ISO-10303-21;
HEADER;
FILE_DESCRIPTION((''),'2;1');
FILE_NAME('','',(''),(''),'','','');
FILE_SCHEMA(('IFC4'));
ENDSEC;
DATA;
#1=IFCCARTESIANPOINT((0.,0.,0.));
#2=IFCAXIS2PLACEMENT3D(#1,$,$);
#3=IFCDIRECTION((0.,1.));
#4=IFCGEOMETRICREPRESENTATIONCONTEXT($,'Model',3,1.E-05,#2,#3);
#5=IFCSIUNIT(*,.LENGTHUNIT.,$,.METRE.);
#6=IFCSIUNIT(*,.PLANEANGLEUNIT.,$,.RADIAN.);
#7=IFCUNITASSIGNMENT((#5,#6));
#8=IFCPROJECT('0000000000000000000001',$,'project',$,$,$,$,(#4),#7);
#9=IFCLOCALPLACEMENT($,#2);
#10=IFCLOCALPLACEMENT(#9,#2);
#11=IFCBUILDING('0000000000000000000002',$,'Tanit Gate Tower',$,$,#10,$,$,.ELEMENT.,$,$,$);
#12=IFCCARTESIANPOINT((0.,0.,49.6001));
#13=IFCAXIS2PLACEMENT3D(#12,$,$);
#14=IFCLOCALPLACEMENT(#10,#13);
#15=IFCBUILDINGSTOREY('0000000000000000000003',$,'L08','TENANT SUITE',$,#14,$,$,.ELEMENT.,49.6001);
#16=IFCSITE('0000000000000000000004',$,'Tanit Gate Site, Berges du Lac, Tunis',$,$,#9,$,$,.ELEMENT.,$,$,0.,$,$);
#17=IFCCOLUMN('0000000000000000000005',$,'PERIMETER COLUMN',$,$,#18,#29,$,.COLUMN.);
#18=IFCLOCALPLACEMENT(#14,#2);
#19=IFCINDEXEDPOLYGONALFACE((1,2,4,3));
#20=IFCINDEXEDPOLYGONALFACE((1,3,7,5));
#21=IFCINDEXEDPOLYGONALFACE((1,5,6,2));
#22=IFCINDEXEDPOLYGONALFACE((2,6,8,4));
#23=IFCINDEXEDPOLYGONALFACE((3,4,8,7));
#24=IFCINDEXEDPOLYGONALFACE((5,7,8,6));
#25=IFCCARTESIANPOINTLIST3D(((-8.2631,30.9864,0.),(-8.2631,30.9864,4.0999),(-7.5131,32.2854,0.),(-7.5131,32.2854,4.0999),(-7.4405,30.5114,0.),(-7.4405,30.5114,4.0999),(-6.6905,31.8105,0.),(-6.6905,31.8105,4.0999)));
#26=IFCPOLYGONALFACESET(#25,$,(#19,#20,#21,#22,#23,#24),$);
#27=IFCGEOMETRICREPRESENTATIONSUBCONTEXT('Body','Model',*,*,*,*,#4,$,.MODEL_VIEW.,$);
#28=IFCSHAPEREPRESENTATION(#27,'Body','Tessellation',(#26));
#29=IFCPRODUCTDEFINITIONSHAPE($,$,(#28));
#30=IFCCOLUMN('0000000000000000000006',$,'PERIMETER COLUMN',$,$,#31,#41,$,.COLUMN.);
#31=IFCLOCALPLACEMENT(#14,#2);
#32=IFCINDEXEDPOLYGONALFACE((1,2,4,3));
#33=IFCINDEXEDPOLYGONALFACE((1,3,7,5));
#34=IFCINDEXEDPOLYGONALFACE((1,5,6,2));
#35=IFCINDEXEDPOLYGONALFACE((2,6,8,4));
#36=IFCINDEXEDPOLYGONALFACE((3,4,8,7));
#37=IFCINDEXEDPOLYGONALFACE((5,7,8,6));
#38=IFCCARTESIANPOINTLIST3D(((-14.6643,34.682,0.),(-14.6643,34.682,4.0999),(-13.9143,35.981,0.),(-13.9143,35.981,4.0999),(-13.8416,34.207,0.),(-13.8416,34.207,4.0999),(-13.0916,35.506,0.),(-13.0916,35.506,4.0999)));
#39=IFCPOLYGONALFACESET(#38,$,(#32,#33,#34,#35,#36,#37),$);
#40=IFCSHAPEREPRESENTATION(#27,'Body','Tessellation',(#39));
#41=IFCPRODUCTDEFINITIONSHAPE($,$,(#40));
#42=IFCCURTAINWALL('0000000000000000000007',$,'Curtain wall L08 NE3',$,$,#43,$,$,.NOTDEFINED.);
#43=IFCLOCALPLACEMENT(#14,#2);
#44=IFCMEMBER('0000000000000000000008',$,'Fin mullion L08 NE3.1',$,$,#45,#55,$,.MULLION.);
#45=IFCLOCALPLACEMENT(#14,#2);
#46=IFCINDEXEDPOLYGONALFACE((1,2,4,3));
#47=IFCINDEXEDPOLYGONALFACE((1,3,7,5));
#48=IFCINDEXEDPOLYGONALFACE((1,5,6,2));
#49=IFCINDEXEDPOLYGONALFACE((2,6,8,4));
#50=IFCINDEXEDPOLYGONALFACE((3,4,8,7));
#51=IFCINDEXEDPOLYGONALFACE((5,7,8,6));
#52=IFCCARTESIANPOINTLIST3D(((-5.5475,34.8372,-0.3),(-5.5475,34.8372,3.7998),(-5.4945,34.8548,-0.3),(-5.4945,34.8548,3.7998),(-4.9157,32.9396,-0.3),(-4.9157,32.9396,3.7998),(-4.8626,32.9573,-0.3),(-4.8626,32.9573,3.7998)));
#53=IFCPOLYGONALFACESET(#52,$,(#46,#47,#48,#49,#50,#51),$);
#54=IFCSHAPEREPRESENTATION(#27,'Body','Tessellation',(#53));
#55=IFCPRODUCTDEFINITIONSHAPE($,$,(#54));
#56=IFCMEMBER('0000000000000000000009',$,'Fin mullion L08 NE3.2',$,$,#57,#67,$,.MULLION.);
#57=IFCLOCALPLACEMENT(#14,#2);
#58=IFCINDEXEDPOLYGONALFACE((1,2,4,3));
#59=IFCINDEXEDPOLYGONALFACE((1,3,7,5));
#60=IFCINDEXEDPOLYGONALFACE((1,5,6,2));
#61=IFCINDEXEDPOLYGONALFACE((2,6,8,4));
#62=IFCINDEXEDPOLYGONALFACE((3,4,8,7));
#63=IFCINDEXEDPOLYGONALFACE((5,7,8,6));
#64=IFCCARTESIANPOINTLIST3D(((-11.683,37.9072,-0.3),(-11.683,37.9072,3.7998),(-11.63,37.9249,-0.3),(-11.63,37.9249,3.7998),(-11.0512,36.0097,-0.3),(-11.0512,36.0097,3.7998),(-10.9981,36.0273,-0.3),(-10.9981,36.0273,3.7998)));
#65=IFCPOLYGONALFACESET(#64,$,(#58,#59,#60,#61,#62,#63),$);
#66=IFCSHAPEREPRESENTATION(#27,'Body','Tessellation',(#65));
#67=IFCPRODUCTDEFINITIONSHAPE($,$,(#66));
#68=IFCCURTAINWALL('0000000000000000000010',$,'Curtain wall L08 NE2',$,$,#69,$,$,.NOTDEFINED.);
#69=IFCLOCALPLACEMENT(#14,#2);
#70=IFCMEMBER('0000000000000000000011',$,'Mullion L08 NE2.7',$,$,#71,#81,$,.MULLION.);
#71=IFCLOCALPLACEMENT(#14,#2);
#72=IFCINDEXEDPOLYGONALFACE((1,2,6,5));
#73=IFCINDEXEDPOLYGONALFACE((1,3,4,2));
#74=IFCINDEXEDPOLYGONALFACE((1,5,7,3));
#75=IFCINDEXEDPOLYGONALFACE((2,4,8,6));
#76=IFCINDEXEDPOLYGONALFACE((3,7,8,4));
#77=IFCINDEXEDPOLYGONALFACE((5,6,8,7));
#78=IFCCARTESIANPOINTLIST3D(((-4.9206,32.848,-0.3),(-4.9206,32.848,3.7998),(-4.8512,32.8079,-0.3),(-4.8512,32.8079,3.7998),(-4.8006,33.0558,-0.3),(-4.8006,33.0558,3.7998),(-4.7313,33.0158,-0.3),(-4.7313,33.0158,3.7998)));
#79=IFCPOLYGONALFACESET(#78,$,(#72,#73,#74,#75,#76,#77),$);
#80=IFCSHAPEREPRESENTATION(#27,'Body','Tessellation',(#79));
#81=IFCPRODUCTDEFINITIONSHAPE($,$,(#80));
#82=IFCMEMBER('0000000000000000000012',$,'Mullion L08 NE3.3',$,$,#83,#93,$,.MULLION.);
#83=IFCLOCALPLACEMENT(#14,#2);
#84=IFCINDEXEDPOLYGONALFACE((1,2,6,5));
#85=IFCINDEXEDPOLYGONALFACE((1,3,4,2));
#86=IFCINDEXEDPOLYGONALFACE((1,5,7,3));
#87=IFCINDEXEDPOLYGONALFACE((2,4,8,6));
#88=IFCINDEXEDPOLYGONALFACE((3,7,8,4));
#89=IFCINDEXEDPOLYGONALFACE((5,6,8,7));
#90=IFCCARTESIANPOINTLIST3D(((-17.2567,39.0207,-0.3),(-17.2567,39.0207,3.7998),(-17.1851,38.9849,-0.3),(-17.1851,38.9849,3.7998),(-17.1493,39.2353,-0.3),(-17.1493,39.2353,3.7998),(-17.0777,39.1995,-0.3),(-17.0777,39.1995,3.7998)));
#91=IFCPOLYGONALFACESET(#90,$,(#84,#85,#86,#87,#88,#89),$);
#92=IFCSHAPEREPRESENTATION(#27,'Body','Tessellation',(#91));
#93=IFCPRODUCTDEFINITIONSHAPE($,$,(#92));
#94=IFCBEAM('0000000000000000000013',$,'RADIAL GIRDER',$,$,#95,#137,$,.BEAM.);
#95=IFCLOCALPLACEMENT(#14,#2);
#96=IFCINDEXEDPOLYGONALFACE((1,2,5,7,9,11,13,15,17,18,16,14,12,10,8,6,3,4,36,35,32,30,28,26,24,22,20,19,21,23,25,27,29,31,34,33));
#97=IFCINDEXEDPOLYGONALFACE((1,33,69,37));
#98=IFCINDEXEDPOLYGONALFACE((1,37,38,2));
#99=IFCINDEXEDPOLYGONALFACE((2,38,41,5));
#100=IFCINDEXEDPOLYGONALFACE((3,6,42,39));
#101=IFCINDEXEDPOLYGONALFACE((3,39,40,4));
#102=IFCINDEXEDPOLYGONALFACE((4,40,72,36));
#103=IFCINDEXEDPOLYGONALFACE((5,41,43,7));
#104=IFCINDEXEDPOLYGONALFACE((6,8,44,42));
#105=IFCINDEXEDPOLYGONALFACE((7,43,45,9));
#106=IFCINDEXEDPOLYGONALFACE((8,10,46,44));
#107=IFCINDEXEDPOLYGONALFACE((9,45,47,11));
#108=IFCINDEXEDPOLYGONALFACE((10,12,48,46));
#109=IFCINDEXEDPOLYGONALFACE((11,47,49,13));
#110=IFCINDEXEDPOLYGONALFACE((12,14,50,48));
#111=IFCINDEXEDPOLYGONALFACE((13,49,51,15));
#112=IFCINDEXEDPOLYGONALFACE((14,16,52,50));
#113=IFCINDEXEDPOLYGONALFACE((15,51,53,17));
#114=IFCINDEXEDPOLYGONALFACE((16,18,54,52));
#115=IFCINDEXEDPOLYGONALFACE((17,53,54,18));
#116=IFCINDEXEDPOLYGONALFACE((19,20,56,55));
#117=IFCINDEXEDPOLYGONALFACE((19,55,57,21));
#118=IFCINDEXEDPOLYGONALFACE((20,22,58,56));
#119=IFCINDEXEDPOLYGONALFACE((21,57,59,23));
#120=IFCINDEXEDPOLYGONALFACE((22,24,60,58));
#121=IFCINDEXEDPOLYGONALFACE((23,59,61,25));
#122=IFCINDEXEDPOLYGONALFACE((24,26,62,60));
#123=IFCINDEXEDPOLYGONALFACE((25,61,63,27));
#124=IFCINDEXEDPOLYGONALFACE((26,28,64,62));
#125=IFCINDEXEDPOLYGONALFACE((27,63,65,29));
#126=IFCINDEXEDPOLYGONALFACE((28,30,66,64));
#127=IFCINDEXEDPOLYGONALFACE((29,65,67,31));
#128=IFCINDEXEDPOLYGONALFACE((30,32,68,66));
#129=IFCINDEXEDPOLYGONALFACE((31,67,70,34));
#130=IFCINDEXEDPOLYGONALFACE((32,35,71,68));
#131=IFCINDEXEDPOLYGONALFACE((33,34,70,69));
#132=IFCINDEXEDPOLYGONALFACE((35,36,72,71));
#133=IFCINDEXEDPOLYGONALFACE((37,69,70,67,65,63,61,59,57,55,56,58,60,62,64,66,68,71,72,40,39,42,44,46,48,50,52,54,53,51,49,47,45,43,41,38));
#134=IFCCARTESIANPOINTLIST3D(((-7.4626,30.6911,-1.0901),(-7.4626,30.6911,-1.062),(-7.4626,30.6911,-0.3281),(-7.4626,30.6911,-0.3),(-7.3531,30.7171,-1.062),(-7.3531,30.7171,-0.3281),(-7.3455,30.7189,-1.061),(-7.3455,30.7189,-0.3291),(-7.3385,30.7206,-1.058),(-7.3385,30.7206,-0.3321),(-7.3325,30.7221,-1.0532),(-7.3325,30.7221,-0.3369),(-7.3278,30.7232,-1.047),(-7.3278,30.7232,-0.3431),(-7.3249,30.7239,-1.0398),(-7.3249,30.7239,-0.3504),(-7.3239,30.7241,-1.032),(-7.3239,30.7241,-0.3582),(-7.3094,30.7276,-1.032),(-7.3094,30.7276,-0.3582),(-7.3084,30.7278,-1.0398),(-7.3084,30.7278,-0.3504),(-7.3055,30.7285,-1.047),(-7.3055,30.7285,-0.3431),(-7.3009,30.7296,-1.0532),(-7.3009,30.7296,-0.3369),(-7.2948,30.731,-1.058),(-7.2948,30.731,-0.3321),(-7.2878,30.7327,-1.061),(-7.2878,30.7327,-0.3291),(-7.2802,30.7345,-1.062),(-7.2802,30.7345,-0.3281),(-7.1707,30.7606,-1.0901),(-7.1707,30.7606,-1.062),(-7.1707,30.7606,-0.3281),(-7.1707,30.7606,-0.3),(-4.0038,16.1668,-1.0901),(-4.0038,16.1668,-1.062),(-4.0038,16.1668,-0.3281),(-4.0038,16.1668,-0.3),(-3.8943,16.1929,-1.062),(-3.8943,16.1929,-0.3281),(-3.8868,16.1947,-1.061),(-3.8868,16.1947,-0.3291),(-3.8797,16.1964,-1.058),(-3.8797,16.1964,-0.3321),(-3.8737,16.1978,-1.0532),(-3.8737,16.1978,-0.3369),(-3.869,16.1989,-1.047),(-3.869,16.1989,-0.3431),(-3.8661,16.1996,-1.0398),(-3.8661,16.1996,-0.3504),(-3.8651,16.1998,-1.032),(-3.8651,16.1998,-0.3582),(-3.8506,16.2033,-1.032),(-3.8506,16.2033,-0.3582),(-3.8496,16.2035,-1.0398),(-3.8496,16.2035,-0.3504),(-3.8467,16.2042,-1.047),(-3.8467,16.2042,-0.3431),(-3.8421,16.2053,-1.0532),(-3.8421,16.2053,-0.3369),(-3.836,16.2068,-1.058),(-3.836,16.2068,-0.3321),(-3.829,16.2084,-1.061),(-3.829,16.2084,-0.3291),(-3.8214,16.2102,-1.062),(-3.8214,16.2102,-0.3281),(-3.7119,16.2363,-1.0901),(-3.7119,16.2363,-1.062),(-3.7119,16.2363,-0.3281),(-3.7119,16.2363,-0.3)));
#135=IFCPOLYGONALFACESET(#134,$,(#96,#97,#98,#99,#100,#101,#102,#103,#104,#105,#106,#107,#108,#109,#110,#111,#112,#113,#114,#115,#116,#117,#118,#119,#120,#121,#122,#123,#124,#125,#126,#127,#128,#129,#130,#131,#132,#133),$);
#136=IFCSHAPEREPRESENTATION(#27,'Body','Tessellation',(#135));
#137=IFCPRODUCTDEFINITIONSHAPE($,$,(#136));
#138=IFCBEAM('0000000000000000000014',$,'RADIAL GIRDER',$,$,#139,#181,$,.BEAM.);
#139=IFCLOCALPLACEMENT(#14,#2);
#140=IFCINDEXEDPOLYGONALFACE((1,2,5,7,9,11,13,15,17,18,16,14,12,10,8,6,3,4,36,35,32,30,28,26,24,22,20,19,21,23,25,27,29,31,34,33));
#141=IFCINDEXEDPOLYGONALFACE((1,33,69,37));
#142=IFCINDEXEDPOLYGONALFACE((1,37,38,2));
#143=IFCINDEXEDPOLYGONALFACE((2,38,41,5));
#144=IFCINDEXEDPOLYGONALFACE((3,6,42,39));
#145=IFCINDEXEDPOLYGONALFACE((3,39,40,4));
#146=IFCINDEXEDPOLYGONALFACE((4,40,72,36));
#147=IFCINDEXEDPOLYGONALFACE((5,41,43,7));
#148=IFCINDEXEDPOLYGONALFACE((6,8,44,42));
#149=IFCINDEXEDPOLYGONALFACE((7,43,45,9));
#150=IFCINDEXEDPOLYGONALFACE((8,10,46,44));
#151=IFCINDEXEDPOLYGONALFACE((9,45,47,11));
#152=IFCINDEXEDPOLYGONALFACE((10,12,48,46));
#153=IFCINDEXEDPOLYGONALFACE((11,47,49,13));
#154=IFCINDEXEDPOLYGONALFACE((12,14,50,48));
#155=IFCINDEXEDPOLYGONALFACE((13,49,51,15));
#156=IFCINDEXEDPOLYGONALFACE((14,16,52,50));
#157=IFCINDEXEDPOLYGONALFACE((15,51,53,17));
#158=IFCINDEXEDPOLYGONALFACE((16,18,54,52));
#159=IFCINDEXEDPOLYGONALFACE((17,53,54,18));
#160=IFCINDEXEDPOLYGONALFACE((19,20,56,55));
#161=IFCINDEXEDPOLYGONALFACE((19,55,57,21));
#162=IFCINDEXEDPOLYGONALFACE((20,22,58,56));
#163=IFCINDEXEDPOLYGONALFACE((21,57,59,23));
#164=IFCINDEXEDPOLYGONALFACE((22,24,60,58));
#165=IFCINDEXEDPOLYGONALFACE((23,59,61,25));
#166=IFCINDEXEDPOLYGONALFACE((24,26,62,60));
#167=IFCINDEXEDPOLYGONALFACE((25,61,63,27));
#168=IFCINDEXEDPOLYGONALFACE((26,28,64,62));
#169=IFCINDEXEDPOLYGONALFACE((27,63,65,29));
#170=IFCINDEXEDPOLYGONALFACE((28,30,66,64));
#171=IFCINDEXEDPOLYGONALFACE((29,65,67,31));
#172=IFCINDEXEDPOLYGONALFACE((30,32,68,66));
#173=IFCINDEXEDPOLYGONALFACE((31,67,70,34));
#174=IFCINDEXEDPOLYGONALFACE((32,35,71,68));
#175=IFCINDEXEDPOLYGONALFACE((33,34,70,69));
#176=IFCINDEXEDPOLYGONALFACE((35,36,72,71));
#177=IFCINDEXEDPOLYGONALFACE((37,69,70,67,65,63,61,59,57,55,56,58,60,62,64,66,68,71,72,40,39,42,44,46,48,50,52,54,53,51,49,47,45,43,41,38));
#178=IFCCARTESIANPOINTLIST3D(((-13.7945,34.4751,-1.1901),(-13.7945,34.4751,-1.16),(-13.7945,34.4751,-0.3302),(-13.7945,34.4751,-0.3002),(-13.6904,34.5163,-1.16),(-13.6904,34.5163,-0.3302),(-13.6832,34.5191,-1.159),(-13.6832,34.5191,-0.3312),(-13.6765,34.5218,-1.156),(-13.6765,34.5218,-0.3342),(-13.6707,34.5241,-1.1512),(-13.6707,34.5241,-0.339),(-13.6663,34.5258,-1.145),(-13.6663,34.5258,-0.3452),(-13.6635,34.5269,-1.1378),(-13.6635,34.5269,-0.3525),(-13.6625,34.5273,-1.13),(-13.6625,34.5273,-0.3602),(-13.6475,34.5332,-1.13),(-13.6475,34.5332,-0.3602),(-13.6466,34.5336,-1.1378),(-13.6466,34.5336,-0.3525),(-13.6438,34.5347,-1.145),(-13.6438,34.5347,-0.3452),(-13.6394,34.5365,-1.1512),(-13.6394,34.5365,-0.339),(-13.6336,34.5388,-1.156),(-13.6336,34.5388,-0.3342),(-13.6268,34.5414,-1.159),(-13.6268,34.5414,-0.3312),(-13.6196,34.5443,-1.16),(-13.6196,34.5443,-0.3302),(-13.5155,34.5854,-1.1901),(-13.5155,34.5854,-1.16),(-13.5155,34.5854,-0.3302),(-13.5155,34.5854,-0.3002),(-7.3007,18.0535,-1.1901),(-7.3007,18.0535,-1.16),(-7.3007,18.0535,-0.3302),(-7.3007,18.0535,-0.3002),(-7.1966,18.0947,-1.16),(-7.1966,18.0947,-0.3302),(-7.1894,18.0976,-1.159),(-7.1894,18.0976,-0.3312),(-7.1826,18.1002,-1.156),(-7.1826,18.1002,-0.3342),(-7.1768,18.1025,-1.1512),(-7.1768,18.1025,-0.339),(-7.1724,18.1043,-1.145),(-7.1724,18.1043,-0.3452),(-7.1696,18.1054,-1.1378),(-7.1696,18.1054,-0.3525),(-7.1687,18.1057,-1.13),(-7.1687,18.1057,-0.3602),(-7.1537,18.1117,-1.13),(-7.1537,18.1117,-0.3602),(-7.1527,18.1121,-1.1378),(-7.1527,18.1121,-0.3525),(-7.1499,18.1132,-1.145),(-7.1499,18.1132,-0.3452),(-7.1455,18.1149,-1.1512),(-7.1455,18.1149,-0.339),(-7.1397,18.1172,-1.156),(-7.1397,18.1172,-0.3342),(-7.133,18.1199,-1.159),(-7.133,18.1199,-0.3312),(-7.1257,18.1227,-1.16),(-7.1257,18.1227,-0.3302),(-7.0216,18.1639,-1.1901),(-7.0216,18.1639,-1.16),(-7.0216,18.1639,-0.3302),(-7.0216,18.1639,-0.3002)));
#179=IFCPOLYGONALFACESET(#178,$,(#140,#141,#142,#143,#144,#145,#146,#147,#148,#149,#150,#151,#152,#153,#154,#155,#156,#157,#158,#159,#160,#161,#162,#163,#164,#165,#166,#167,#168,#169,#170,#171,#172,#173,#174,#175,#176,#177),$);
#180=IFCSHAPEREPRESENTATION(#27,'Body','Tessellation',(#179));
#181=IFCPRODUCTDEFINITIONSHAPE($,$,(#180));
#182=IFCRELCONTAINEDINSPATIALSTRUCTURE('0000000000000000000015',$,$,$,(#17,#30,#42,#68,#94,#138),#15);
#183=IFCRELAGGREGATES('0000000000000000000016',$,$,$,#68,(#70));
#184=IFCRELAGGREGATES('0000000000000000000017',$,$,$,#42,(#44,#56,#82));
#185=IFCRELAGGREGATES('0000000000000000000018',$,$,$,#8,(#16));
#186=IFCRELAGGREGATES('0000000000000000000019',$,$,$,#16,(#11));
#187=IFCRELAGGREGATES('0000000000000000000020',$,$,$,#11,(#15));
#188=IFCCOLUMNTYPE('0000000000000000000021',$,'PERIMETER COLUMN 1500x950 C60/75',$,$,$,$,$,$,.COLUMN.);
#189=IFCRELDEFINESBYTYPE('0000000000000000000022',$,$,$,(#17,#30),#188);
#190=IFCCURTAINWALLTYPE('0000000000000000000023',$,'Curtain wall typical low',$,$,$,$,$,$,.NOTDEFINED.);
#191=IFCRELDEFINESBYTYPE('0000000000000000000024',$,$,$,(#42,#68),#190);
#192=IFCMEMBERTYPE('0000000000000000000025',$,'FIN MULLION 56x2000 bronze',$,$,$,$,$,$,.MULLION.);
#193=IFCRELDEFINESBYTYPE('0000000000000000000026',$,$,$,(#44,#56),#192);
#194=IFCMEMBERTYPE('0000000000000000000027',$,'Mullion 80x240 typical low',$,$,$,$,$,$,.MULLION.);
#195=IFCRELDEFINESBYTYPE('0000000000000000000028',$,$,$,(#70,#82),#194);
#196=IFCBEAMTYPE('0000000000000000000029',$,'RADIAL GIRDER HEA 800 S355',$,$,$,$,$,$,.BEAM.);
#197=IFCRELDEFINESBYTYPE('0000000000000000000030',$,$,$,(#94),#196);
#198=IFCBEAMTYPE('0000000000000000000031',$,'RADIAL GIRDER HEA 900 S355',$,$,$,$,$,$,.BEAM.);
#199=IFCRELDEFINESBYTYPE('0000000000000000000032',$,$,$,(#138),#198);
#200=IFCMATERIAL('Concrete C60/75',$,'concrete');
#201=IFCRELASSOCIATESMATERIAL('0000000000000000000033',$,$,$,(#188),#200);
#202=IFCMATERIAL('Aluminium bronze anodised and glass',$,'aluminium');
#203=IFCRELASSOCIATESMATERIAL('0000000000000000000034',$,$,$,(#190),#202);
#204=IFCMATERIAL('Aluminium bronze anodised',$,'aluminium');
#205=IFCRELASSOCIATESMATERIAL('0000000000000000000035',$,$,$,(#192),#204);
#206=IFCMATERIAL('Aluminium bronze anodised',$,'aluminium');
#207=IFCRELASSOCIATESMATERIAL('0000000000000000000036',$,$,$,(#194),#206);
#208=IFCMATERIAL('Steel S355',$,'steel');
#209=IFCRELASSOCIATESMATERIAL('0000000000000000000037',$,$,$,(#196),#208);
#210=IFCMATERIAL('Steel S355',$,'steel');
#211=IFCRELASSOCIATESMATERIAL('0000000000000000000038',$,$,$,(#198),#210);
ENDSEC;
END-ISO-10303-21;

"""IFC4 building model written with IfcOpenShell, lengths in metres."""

from ifc_helpers import new_model, si_unit, direction, frame, origin, origin_2d, place, context, subcontext, project, spatial, rectangle, i_section, extrude, material, material_profile, profile_set, type_object, element, aggregate, save


model = new_model("IFC4")

# Units and contexts
model_context = context("Model", 3, precision=1e-05, world=origin(), true_north=direction((0.0, 1.0)))
body_context = subcontext(model_context, "Body", "Model", "MODEL_VIEW")
ifc_project = project(units=[si_unit("LENGTHUNIT", "METRE"), si_unit("PLANEANGLEUNIT", "RADIAN")], contexts=[model_context])

# Site, building, storey
site_placement = place(None, origin())
site = spatial("IfcSite", under=ifc_project, at=site_placement, Name="Tanit Gate Site, Berges du Lac, Tunis", CompositionType="ELEMENT", RefElevation=0.0)
building_placement = place(site_placement, origin())
building = spatial("IfcBuilding", under=site, at=building_placement, Name="Tanit Gate Tower", CompositionType="ELEMENT")
storey_placement = place(building_placement, frame((0.0, 0.0, 49.6001)))
storey = spatial("IfcBuildingStorey", under=building, at=storey_placement, Name="L08", Description="TENANT SUITE", CompositionType="ELEMENT", Elevation=49.6001)

# Columns
ifc_material_1 = material(Name="Concrete C60/75", Category="concrete")
ifc_material_profile_1 = material_profile(ifc_material_1, rectangle(XDim=1.5, YDim=0.95, at=origin_2d()), Name="RC 1500x950")
ifc_profile_set_1 = profile_set([ifc_material_profile_1], Name="Concrete C60/75")
column_type = type_object("IfcColumnType", Name="PERIMETER COLUMN 1500x950 C60/75", PredefinedType="COLUMN", material=ifc_profile_set_1)
for number, where, z_axis, x_axis, name in (
    (1, (-7.4768, 31.3984, 0.0), (0.0, 0.0, 1.0), (0.5, 0.866025, 0.0), "PERIMETER COLUMN"),
    (2, (-13.8779, 35.094, 0.0), (0.0, 0.0, 1.0), (0.5, 0.866025, 0.0), "PERIMETER COLUMN"),
):
    element("IfcColumn", number, at=place(storey_placement, frame(where, z_axis=z_axis, x_axis=x_axis)), inside=storey, type_object=column_type, Name=name, PredefinedType="COLUMN", context=body_context, shape_type="SweptSolid", body=[
        extrude(rectangle(XDim=1.5, YDim=0.95, at=origin_2d()), origin(), (0.0, 0.0, 1.0), 4.0999),
    ])

# Curtain wall, members
ifc_material_2 = material(Name="Aluminium bronze anodised and glass", Category="aluminium")
curtain_wall_type = type_object("IfcCurtainWallType", Name="Curtain wall typical low", PredefinedType="NOTDEFINED", material=ifc_material_2)
curtain_wall_1_placement = place(storey_placement, origin())
curtain_wall_1 = element("IfcCurtainWall", 3, at=curtain_wall_1_placement, inside=storey, type_object=curtain_wall_type, Name="Curtain wall L08 NE3", PredefinedType="NOTDEFINED")
ifc_material_3 = material(Name="Aluminium bronze anodised", Category="aluminium")
ifc_material_profile_2 = material_profile(ifc_material_3, rectangle(XDim=2.0, YDim=0.0559, at=origin_2d()), Name="56x2000 bronze fin mullion")
ifc_profile_set_2 = profile_set([ifc_material_profile_2], Name="Aluminium bronze anodised")
member_type_1 = type_object("IfcMemberType", Name="FIN MULLION 56x2000 bronze", PredefinedType="MULLION", material=ifc_profile_set_2)
member_1_placement = place(storey_placement, frame((-5.2051, 33.8972, -0.3), z_axis=(0.0, 0.0, 1.0), x_axis=(0.315933, -0.948782, 0.0)))
member_1 = element("IfcMember", 4, at=member_1_placement, type_object=member_type_1, Name="Fin mullion L08 NE3.1", PredefinedType="MULLION", context=body_context, shape_type="SweptSolid", body=[
    extrude(rectangle(XDim=2.0, YDim=0.0559, at=origin_2d()), origin(), (0.0, 0.0, 1.0), 4.0999),
])
member_2_placement = place(storey_placement, frame((-11.3406, 36.9673, -0.3), z_axis=(0.0, 0.0, 1.0), x_axis=(0.315933, -0.948782, 0.0)))
member_2 = element("IfcMember", 5, at=member_2_placement, type_object=member_type_1, Name="Fin mullion L08 NE3.2", PredefinedType="MULLION", context=body_context, shape_type="SweptSolid", body=[
    extrude(rectangle(XDim=2.0, YDim=0.0559, at=origin_2d()), origin(), (0.0, 0.0, 1.0), 4.0999),
])

# Curtain wall, member
curtain_wall_2_placement = place(storey_placement, origin())
curtain_wall_2 = element("IfcCurtainWall", 6, at=curtain_wall_2_placement, inside=storey, type_object=curtain_wall_type, Name="Curtain wall L08 NE2", PredefinedType="NOTDEFINED")
ifc_material_4 = material(Name="Aluminium bronze anodised", Category="aluminium")
ifc_material_profile_3 = material_profile(ifc_material_4, rectangle(XDim=0.24, YDim=0.0801, at=origin_2d()), Name="80x240 bronze mullion")
ifc_profile_set_3 = profile_set([ifc_material_profile_3], Name="Aluminium bronze anodised")
member_type_2 = type_object("IfcMemberType", Name="Mullion 80x240 typical low", PredefinedType="MULLION", material=ifc_profile_set_3)
member_3_placement = place(storey_placement, frame((-4.8259, 32.9319, -0.3), z_axis=(0.0, 0.0, 1.0), x_axis=(-0.49994, -0.86606, 0.0)))
member_3 = element("IfcMember", 7, at=member_3_placement, type_object=member_type_2, Name="Mullion L08 NE2.7", PredefinedType="MULLION", context=body_context, shape_type="SweptSolid", body=[
    extrude(rectangle(XDim=0.24, YDim=0.0801, at=origin_2d()), origin(), (0.0, 0.0, 1.0), 4.0999),
])
aggregate(curtain_wall_2, [member_3])

# Member
member_4_placement = place(storey_placement, frame((-17.1672, 39.1101, -0.3), z_axis=(0.0, 0.0, 1.0), x_axis=(-0.447492, -0.894288, 0.0)))
member_4 = element("IfcMember", 8, at=member_4_placement, type_object=member_type_2, Name="Mullion L08 NE3.3", PredefinedType="MULLION", context=body_context, shape_type="SweptSolid", body=[
    extrude(rectangle(XDim=0.24, YDim=0.0801, at=origin_2d()), origin(), (0.0, 0.0, 1.0), 4.0999),
])

# Beams
ifc_material_5 = material(Name="Steel S355", Category="steel")
ifc_material_profile_4 = material_profile(ifc_material_5, i_section(OverallWidth=0.3, OverallDepth=0.79, WebThickness=0.0149, FlangeThickness=0.0281, FilletRadius=0.03, at=origin_2d()), Name="HEA 800")
ifc_profile_set_4 = profile_set([ifc_material_profile_4], Name="Steel S355")
beam_type_1 = type_object("IfcBeamType", Name="RADIAL GIRDER HEA 800 S355", PredefinedType="BEAM", material=ifc_profile_set_4)
beam_1_placement = place(storey_placement, frame((-7.3167, 30.7258, -0.6951), z_axis=(0.231659, -0.972797, 0.0), x_axis=(0.972797, 0.231659, 0.0)))
element("IfcBeam", 9, at=beam_1_placement, inside=storey, type_object=beam_type_1, Name="RADIAL GIRDER", PredefinedType="BEAM", context=body_context, shape_type="SweptSolid", body=[
    extrude(i_section(OverallWidth=0.3, OverallDepth=0.79, WebThickness=0.0149, FlangeThickness=0.0281, FilletRadius=0.03, at=origin_2d()), origin(), (0.0, 0.0, 1.0), 14.9304),
])
ifc_material_6 = material(Name="Steel S355", Category="steel")
ifc_material_profile_5 = material_profile(ifc_material_6, i_section(OverallWidth=0.3, OverallDepth=0.8899, WebThickness=0.0161, FlangeThickness=0.03, FilletRadius=0.03, at=origin_2d()), Name="HEA 900")
ifc_profile_set_5 = profile_set([ifc_material_profile_5], Name="Steel S355")
beam_type_2 = type_object("IfcBeamType", Name="RADIAL GIRDER HEA 900 S355", PredefinedType="BEAM", material=ifc_profile_set_5)
beam_2_placement = place(storey_placement, frame((-13.655, 34.5303, -0.7451), z_axis=(0.367738, -0.929929, 0.0), x_axis=(0.929929, 0.367738, 0.0)))
element("IfcBeam", 10, at=beam_2_placement, inside=storey, type_object=beam_type_2, Name="RADIAL GIRDER", PredefinedType="BEAM", context=body_context, shape_type="SweptSolid", body=[
    extrude(i_section(OverallWidth=0.3, OverallDepth=0.8899, WebThickness=0.0161, FlangeThickness=0.03, FilletRadius=0.03, at=origin_2d()), origin(), (0.0, 0.0, 1.0), 17.6589),
])

aggregate(curtain_wall_1, [member_1, member_2, member_4])

save(model, "model.ifc")
